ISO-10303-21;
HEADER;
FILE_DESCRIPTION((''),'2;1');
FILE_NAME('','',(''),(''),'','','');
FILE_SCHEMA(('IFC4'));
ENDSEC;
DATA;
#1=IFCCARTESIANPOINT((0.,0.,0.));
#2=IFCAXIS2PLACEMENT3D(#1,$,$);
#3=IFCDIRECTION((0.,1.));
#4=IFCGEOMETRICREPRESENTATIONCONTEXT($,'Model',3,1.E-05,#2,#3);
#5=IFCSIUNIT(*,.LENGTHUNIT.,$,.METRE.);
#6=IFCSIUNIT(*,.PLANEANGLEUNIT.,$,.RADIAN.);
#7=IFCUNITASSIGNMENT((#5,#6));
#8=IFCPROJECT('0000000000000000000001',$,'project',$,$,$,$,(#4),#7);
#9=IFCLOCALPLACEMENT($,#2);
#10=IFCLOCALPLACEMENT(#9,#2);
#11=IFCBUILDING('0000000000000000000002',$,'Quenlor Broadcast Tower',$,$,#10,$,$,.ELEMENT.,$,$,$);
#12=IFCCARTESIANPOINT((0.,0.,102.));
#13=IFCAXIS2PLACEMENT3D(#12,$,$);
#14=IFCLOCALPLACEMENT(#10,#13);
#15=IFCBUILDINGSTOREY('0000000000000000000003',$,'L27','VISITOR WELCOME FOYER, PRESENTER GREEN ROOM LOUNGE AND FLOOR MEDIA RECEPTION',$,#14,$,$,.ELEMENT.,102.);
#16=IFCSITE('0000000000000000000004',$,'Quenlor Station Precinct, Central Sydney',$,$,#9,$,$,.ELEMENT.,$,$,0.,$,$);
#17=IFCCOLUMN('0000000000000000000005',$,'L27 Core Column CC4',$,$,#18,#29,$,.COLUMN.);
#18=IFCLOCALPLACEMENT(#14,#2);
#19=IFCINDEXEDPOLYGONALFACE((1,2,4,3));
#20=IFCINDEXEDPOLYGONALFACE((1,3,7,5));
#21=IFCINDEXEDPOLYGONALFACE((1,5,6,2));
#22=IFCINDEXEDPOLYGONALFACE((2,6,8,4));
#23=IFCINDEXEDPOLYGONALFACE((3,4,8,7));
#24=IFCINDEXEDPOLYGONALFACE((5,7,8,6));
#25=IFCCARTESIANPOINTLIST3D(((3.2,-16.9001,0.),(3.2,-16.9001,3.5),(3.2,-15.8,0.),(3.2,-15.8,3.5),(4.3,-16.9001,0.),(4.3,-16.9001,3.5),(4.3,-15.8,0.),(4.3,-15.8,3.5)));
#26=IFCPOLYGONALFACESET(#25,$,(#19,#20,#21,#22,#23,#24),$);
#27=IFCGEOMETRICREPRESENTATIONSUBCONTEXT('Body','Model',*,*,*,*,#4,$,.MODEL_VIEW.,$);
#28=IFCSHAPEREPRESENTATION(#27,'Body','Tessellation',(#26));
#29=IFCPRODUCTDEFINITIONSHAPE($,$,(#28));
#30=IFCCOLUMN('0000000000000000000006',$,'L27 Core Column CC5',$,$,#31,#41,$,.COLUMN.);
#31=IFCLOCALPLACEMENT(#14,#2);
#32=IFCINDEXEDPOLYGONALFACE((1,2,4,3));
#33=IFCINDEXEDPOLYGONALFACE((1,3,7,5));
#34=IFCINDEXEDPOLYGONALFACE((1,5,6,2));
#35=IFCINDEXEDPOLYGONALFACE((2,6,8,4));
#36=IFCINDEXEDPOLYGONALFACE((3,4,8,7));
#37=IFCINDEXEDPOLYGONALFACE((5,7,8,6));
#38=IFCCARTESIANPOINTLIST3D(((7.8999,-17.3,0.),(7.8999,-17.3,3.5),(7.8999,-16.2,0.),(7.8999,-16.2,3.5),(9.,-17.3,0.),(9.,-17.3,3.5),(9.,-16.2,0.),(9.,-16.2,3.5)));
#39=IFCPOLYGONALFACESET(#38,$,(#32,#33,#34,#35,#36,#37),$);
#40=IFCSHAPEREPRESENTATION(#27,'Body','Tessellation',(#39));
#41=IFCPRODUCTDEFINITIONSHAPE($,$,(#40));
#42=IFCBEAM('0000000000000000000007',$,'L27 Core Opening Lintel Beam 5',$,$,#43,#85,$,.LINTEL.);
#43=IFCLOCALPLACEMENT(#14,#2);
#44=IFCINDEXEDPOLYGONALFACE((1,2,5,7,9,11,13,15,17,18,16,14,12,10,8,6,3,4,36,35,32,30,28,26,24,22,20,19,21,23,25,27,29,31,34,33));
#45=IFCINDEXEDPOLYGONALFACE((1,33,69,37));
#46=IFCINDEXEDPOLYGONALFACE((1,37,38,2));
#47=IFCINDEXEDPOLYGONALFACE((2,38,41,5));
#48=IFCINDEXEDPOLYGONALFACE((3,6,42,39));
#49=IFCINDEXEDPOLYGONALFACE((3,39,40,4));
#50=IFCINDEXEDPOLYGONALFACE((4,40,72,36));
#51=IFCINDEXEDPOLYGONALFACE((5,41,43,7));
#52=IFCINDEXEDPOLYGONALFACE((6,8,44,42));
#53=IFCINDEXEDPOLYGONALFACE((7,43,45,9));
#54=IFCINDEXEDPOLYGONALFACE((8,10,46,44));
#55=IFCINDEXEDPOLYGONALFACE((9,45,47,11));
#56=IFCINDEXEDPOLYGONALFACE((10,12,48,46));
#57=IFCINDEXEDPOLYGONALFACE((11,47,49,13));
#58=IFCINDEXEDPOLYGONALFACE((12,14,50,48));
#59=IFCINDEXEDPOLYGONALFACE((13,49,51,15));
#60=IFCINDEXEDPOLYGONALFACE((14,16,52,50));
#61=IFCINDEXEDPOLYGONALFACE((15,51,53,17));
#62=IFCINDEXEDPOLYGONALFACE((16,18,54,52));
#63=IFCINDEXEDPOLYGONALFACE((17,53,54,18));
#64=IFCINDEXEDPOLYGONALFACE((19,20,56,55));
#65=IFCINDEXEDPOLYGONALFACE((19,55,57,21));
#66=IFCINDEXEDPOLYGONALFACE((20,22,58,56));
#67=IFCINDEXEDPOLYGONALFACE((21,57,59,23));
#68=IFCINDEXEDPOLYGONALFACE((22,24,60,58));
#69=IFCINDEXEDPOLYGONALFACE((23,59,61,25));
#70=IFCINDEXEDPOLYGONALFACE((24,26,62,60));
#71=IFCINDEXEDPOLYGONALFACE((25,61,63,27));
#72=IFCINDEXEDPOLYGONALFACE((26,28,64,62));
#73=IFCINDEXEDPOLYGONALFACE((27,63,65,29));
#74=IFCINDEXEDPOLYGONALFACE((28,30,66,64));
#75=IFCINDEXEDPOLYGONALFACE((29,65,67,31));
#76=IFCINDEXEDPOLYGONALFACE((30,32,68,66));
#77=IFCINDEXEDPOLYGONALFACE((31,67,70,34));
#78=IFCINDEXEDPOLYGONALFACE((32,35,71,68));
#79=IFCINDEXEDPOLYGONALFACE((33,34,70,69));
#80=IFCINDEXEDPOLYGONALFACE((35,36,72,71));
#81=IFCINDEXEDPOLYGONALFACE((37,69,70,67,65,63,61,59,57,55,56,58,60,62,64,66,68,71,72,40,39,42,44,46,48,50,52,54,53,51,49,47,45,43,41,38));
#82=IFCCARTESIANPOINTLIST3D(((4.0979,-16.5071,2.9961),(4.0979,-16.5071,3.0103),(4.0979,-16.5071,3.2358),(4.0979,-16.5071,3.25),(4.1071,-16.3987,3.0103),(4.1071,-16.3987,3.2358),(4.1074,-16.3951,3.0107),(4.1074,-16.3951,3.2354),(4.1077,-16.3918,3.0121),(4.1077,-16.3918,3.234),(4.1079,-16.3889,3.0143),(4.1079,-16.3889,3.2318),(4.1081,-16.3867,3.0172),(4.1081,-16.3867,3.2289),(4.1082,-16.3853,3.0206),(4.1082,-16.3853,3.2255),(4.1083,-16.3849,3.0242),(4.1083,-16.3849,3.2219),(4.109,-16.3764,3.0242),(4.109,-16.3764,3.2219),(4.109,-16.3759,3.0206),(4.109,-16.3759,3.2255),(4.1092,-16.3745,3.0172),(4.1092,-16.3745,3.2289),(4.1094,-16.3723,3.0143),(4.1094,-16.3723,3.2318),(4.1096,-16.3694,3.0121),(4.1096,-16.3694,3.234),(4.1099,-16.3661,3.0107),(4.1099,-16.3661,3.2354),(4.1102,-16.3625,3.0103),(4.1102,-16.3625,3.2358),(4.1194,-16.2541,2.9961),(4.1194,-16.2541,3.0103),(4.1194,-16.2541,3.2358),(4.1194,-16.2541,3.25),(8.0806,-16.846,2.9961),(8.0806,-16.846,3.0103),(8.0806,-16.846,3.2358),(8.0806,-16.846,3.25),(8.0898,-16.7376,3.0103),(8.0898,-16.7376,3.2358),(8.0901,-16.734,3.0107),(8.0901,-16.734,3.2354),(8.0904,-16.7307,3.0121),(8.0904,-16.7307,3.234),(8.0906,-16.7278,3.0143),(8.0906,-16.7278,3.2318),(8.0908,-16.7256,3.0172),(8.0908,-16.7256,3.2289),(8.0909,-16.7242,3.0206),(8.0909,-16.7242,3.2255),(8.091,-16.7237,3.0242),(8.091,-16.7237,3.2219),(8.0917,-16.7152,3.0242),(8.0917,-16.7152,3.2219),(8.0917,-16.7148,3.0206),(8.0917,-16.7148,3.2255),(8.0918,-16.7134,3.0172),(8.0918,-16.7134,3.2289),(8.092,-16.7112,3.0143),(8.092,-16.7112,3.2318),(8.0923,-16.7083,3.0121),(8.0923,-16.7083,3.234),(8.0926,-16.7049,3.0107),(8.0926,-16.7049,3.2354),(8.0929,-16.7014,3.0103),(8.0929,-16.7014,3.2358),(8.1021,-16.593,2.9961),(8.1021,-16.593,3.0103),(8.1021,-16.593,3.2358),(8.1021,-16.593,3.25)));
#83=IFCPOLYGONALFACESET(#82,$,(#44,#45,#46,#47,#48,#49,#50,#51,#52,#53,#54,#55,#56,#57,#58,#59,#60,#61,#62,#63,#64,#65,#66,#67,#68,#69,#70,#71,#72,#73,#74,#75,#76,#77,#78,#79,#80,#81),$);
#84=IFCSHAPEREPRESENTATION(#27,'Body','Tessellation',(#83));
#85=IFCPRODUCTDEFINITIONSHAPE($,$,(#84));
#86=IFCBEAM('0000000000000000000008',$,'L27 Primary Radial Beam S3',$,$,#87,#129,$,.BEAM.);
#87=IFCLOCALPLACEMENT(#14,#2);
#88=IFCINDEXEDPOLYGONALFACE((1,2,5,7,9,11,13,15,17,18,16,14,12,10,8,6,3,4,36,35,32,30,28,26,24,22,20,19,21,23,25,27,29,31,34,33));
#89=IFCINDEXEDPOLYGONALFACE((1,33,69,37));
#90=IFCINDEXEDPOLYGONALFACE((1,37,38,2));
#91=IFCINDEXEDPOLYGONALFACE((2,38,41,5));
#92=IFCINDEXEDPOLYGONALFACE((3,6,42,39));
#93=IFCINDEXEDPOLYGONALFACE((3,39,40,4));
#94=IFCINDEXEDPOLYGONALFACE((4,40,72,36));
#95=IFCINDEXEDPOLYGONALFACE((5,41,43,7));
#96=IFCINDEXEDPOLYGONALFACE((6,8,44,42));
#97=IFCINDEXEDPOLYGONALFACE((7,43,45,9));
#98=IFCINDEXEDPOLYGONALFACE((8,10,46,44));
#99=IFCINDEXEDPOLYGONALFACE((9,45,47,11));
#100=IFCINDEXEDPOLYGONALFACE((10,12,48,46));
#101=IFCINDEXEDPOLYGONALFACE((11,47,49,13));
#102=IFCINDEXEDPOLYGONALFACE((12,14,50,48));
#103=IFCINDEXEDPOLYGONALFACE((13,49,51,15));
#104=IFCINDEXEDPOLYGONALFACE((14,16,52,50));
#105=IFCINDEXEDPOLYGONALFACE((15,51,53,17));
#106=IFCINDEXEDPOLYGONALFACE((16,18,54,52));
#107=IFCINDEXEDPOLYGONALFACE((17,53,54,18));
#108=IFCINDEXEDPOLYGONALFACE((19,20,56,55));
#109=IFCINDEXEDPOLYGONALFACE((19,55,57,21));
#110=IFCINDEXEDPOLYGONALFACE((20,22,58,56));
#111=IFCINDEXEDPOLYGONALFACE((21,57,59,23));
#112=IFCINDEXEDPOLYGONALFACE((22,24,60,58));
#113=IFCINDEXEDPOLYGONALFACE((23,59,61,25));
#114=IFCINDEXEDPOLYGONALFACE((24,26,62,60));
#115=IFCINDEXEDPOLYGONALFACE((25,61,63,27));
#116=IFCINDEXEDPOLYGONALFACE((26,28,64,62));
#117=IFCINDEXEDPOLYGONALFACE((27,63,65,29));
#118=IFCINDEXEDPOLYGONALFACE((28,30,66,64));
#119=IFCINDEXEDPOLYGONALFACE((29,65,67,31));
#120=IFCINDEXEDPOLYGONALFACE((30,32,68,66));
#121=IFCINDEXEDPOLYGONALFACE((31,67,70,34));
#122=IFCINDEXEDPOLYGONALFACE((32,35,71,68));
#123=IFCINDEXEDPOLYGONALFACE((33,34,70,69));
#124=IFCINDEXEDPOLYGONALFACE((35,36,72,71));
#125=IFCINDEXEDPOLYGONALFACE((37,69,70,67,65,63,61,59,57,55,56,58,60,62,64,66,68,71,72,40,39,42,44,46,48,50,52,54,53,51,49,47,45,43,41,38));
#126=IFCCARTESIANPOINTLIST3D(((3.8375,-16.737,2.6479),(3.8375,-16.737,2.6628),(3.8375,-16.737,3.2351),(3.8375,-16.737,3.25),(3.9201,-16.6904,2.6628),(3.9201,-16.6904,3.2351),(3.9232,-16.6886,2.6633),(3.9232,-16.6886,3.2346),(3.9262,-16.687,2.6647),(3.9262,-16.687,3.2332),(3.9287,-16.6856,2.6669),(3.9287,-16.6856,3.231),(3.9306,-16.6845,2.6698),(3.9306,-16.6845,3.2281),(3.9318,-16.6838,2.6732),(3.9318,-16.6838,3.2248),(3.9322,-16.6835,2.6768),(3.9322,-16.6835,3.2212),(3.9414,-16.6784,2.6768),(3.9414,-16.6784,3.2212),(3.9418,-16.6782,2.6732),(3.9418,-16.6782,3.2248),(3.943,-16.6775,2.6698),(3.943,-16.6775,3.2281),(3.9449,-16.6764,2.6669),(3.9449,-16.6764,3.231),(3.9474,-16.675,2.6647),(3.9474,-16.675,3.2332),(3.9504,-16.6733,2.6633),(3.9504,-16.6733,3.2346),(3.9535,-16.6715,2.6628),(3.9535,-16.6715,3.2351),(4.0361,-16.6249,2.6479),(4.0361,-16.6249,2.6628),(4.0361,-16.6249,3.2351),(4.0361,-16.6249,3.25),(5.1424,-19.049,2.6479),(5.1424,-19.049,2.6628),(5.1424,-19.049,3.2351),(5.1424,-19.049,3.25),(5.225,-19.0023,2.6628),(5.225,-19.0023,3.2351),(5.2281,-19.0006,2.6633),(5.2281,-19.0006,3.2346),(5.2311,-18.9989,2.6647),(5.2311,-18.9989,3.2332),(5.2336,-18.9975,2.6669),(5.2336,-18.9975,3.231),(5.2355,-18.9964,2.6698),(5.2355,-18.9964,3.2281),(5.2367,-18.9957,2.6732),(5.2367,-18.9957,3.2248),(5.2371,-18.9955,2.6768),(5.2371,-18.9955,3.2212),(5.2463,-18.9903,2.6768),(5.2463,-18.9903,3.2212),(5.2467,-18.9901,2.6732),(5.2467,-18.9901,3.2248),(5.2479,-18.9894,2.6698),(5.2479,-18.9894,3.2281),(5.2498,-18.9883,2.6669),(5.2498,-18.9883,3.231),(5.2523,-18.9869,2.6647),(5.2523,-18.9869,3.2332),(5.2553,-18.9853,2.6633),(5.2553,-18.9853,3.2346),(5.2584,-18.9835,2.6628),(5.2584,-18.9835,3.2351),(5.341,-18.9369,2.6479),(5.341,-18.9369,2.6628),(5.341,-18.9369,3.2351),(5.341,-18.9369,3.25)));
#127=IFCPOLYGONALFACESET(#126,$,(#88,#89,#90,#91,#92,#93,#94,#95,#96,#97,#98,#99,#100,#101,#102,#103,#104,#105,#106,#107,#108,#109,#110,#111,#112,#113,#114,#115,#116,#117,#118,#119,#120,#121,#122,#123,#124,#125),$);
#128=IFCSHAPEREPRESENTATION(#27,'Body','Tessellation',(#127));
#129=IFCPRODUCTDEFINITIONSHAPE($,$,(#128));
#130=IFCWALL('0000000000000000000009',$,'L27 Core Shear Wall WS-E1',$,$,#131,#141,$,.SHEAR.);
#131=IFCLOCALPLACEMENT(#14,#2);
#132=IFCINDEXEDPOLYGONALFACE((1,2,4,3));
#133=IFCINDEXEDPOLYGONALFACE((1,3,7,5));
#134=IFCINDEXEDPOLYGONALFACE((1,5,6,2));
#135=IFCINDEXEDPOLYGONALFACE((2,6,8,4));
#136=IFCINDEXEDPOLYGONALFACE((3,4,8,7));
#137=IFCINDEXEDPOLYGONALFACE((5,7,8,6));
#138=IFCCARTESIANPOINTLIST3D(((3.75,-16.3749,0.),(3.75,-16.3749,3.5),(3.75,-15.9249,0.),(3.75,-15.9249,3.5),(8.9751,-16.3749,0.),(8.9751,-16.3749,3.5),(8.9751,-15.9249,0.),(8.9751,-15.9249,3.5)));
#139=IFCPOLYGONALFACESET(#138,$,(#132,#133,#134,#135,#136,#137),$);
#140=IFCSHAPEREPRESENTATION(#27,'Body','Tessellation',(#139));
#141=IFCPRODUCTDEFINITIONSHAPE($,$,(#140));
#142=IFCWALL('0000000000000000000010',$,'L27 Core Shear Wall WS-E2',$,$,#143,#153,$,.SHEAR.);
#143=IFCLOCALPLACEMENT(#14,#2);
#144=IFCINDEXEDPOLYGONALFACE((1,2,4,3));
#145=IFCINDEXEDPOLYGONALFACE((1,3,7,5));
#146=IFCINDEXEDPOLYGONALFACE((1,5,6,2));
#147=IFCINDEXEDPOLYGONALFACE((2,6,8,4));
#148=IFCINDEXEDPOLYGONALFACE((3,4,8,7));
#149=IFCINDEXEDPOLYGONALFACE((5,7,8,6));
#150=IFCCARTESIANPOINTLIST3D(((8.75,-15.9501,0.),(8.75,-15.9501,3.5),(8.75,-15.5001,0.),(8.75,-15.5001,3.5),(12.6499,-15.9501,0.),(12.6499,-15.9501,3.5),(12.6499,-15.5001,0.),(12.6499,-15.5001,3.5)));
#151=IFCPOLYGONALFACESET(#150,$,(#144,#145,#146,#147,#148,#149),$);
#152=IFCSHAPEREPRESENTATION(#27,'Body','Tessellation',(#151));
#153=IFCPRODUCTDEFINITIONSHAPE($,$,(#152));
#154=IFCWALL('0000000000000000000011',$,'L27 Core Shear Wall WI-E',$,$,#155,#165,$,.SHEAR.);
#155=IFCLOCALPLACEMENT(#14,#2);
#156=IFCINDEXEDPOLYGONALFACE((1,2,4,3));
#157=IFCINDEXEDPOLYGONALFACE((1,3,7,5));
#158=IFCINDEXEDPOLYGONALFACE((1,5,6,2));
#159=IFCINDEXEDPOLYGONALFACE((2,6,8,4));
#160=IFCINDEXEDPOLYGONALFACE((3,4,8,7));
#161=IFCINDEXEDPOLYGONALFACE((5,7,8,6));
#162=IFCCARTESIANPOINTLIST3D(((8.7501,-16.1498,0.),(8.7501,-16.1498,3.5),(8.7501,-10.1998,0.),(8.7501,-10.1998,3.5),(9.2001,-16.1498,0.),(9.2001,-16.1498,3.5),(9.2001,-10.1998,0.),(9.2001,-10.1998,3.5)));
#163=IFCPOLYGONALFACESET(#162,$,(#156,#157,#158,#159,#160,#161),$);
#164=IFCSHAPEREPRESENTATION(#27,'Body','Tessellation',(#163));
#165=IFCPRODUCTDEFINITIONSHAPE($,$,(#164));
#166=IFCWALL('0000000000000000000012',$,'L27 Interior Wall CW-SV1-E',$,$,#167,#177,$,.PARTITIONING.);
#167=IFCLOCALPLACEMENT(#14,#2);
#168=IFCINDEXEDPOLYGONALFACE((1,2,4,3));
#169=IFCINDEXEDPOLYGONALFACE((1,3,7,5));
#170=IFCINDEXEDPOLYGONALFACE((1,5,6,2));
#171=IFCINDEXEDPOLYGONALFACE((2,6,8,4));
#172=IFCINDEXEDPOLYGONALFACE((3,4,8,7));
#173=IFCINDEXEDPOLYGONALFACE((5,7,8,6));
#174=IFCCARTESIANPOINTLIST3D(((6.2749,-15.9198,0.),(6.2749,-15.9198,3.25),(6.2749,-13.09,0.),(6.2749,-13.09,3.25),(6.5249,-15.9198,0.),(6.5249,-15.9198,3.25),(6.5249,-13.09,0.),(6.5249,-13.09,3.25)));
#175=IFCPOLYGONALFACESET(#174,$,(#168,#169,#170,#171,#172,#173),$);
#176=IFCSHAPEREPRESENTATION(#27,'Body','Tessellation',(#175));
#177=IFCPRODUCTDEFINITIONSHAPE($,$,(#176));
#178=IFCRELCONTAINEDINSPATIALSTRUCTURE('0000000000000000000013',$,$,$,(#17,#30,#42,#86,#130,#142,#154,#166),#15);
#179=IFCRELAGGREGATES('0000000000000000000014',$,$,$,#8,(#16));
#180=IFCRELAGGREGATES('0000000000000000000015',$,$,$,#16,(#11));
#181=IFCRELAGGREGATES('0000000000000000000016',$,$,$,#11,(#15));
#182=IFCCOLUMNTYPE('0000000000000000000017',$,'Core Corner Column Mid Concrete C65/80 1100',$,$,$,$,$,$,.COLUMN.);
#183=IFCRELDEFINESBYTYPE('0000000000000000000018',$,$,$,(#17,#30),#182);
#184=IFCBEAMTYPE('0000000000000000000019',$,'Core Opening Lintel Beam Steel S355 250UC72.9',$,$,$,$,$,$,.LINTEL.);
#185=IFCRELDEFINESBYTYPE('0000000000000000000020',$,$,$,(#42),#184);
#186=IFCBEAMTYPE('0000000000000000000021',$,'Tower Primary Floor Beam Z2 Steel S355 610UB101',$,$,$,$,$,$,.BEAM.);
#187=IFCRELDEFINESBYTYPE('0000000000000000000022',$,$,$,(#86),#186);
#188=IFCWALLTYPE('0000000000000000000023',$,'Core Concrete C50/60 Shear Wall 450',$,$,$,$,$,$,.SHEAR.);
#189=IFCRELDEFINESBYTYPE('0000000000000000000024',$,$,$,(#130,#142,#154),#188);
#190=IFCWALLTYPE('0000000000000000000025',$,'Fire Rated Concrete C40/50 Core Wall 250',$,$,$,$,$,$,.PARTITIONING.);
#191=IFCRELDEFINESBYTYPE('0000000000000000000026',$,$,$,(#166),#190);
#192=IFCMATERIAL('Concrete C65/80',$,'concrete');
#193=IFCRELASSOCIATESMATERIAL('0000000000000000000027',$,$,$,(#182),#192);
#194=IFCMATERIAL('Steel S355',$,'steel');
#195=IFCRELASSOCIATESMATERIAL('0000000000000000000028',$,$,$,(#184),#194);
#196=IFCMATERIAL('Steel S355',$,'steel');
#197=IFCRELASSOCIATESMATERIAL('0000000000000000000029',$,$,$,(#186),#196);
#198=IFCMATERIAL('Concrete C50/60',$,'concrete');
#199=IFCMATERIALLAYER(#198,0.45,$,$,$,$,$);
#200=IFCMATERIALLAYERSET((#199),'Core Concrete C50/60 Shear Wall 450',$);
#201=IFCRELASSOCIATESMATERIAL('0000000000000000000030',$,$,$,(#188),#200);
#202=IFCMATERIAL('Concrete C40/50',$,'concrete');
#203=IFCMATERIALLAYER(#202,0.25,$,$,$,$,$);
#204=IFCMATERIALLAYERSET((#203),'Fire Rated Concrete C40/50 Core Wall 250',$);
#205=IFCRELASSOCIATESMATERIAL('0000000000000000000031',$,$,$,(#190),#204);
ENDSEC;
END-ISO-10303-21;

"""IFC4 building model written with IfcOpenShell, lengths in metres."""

from ifc_helpers import new_model, si_unit, direction, frame, frame_2d, origin, origin_2d, place, context, subcontext, project, spatial, rectangle, i_section, extrude, material, layer, layer_set, material_profile, profile_set, type_object, element, save


model = new_model("IFC4")

# Units and contexts
model_context = context("Model", 3, precision=1e-05, world=origin(), true_north=direction((0.0, 1.0)))
body_context = subcontext(model_context, "Body", "Model", "MODEL_VIEW")
ifc_project = project(units=[si_unit("LENGTHUNIT", "METRE"), si_unit("PLANEANGLEUNIT", "RADIAN")], contexts=[model_context])

# Site, building, storey
site_placement = place(None, origin())
site = spatial("IfcSite", under=ifc_project, at=site_placement, Name="Quenlor Station Precinct, Central Sydney", CompositionType="ELEMENT", RefElevation=0.0)
building_placement = place(site_placement, origin())
building = spatial("IfcBuilding", under=site, at=building_placement, Name="Quenlor Broadcast Tower", CompositionType="ELEMENT")
storey_placement = place(building_placement, frame((0.0, 0.0, 102.0)))
storey = spatial("IfcBuildingStorey", under=building, at=storey_placement, Name="L27", Description="VISITOR WELCOME FOYER, PRESENTER GREEN ROOM LOUNGE AND FLOOR MEDIA RECEPTION", CompositionType="ELEMENT", Elevation=102.0)

# Columns
ifc_material_1 = material(Name="Concrete C65/80", Category="concrete")
ifc_material_profile_1 = material_profile(ifc_material_1, rectangle(XDim=1.1001, YDim=1.1001, at=origin_2d()))
ifc_profile_set_1 = profile_set([ifc_material_profile_1], Name="Concrete C65/80 RC1100x1100")
column_type = type_object("IfcColumnType", Name="Core Corner Column Mid Concrete C65/80 1100", PredefinedType="COLUMN", material=ifc_profile_set_1)
for number, where, z_axis, x_axis, name in (
    (1, (3.75, -16.3501, 0.0), (0.0, 0.0, 1.0), (1.0, 0.0, 0.0), "L27 Core Column CC4"),
    (2, (8.45, -16.75, 0.0), (0.0, 0.0, 1.0), (1.0, 0.0, 0.0), "L27 Core Column CC5"),
):
    element("IfcColumn", number, at=place(storey_placement, frame(where, z_axis=z_axis, x_axis=x_axis)), inside=storey, type_object=column_type, Name=name, PredefinedType="COLUMN", context=body_context, shape_type="SweptSolid", body=[
        extrude(rectangle(XDim=1.1001, YDim=1.1001, at=origin_2d()), origin(), (0.0, 0.0, 1.0), 3.5),
    ])

# Beams
ifc_material_2 = material(Name="Steel S355", Category="steel")
ifc_material_profile_2 = material_profile(ifc_material_2, i_section(OverallWidth=0.2539, OverallDepth=0.2539, WebThickness=0.0085, FlangeThickness=0.0142, FilletRadius=0.0139, at=origin_2d()))
ifc_profile_set_2 = profile_set([ifc_material_profile_2], Name="Steel S355 250UC72.9")
beam_type_1 = type_object("IfcBeamType", Name="Core Opening Lintel Beam Steel S355 250UC72.9", PredefinedType="LINTEL", material=ifc_profile_set_2)
beam_1_placement = place(storey_placement, frame((4.1086, -16.3806, 3.123), z_axis=(0.9964, -0.084779, 0.0), x_axis=(0.084779, 0.9964, 0.0)))
element("IfcBeam", 3, at=beam_1_placement, inside=storey, type_object=beam_type_1, Name="L27 Core Opening Lintel Beam 5", PredefinedType="LINTEL", context=body_context, shape_type="SweptSolid", body=[
    extrude(i_section(OverallWidth=0.2539, OverallDepth=0.2539, WebThickness=0.0085, FlangeThickness=0.0142, FilletRadius=0.0139, at=origin_2d()), origin(), (0.0, 0.0, 1.0), 3.9971),
])
ifc_material_3 = material(Name="Steel S355", Category="steel")
ifc_material_profile_3 = material_profile(ifc_material_3, i_section(OverallWidth=0.228, OverallDepth=0.6021, WebThickness=0.0105, FlangeThickness=0.0149, FilletRadius=0.0139, at=origin_2d()))
ifc_profile_set_3 = profile_set([ifc_material_profile_3], Name="Steel S355 610UB101")
beam_type_2 = type_object("IfcBeamType", Name="Tower Primary Floor Beam Z2 Steel S355 610UB101", PredefinedType="BEAM", material=ifc_profile_set_3)
beam_2_placement = place(storey_placement, frame((5.2417, -18.9929, 2.949), z_axis=(-0.491527, 0.870862, 0.0), x_axis=(-0.870862, -0.491527, 0.0)))
element("IfcBeam", 4, at=beam_2_placement, inside=storey, type_object=beam_type_2, Name="L27 Primary Radial Beam S3", PredefinedType="BEAM", context=body_context, shape_type="SweptSolid", body=[
    extrude(i_section(OverallWidth=0.228, OverallDepth=0.6021, WebThickness=0.0105, FlangeThickness=0.0149, FilletRadius=0.0139, at=origin_2d()), origin(), (0.0, 0.0, 1.0), 2.6548),
])

# Walls
ifc_material_4 = material(Name="Concrete C50/60", Category="concrete")
ifc_layer_1 = layer(ifc_material_4, 0.45)
ifc_layer_set_1 = layer_set([ifc_layer_1], Name="Core Concrete C50/60 Shear Wall 450")
wall_type_1 = type_object("IfcWallType", Name="Core Concrete C50/60 Shear Wall 450", PredefinedType="SHEAR", material=ifc_layer_set_1)
wall_1_placement = place(storey_placement, frame((3.75, -16.1499, 0.0), z_axis=(0.0, 0.0, 1.0), x_axis=(1.0, 0.0, 0.0)))
element("IfcWall", 5, at=wall_1_placement, inside=storey, type_object=wall_type_1, Name="L27 Core Shear Wall WS-E1", PredefinedType="SHEAR", context=body_context, shape_type="SweptSolid", body=[
    extrude(rectangle(XDim=5.2251, YDim=0.45, at=frame_2d((2.6125, 0.0))), origin(), (0.0, 0.0, 1.0), 3.5),
])
wall_2_placement = place(storey_placement, frame((8.75, -15.7251, 0.0), z_axis=(0.0, 0.0, 1.0), x_axis=(1.0, 0.0, 0.0)))
element("IfcWall", 6, at=wall_2_placement, inside=storey, type_object=wall_type_1, Name="L27 Core Shear Wall WS-E2", PredefinedType="SHEAR", context=body_context, shape_type="SweptSolid", body=[
    extrude(rectangle(XDim=3.8999, YDim=0.45, at=frame_2d((1.95, 0.0))), origin(), (0.0, 0.0, 1.0), 3.5),
])
wall_3_placement = place(storey_placement, frame((8.9751, -16.1499, 0.0), z_axis=(0.0, 0.0, 1.0), x_axis=(0.0, 1.0, 0.0)))
element("IfcWall", 7, at=wall_3_placement, inside=storey, type_object=wall_type_1, Name="L27 Core Shear Wall WI-E", PredefinedType="SHEAR", context=body_context, shape_type="SweptSolid", body=[
    extrude(rectangle(XDim=5.95, YDim=0.45, at=frame_2d((2.9751, 0.0))), origin(), (0.0, 0.0, 1.0), 3.5),
])

# Shared definitions
ifc_material_5 = material(Name="Concrete C40/50", Category="concrete")
ifc_layer_2 = layer(ifc_material_5, 0.25)
ifc_layer_set_2 = layer_set([ifc_layer_2], Name="Fire Rated Concrete C40/50 Core Wall 250")
wall_type_2 = type_object("IfcWallType", Name="Fire Rated Concrete C40/50 Core Wall 250", PredefinedType="PARTITIONING", material=ifc_layer_set_2)

# Wall
wall_4_placement = place(storey_placement, frame((6.3999, -15.9199, 0.0), z_axis=(0.0, 0.0, 1.0), x_axis=(0.0, 1.0, 0.0)))
element("IfcWall", 8, at=wall_4_placement, inside=storey, type_object=wall_type_2, Name="L27 Interior Wall CW-SV1-E", PredefinedType="PARTITIONING", context=body_context, shape_type="SweptSolid", body=[
    extrude(rectangle(XDim=2.8298, YDim=0.25, at=frame_2d((1.415, 0.0))), origin(), (0.0, 0.0, 1.0), 3.25),
])

save(model, "model.ifc")
